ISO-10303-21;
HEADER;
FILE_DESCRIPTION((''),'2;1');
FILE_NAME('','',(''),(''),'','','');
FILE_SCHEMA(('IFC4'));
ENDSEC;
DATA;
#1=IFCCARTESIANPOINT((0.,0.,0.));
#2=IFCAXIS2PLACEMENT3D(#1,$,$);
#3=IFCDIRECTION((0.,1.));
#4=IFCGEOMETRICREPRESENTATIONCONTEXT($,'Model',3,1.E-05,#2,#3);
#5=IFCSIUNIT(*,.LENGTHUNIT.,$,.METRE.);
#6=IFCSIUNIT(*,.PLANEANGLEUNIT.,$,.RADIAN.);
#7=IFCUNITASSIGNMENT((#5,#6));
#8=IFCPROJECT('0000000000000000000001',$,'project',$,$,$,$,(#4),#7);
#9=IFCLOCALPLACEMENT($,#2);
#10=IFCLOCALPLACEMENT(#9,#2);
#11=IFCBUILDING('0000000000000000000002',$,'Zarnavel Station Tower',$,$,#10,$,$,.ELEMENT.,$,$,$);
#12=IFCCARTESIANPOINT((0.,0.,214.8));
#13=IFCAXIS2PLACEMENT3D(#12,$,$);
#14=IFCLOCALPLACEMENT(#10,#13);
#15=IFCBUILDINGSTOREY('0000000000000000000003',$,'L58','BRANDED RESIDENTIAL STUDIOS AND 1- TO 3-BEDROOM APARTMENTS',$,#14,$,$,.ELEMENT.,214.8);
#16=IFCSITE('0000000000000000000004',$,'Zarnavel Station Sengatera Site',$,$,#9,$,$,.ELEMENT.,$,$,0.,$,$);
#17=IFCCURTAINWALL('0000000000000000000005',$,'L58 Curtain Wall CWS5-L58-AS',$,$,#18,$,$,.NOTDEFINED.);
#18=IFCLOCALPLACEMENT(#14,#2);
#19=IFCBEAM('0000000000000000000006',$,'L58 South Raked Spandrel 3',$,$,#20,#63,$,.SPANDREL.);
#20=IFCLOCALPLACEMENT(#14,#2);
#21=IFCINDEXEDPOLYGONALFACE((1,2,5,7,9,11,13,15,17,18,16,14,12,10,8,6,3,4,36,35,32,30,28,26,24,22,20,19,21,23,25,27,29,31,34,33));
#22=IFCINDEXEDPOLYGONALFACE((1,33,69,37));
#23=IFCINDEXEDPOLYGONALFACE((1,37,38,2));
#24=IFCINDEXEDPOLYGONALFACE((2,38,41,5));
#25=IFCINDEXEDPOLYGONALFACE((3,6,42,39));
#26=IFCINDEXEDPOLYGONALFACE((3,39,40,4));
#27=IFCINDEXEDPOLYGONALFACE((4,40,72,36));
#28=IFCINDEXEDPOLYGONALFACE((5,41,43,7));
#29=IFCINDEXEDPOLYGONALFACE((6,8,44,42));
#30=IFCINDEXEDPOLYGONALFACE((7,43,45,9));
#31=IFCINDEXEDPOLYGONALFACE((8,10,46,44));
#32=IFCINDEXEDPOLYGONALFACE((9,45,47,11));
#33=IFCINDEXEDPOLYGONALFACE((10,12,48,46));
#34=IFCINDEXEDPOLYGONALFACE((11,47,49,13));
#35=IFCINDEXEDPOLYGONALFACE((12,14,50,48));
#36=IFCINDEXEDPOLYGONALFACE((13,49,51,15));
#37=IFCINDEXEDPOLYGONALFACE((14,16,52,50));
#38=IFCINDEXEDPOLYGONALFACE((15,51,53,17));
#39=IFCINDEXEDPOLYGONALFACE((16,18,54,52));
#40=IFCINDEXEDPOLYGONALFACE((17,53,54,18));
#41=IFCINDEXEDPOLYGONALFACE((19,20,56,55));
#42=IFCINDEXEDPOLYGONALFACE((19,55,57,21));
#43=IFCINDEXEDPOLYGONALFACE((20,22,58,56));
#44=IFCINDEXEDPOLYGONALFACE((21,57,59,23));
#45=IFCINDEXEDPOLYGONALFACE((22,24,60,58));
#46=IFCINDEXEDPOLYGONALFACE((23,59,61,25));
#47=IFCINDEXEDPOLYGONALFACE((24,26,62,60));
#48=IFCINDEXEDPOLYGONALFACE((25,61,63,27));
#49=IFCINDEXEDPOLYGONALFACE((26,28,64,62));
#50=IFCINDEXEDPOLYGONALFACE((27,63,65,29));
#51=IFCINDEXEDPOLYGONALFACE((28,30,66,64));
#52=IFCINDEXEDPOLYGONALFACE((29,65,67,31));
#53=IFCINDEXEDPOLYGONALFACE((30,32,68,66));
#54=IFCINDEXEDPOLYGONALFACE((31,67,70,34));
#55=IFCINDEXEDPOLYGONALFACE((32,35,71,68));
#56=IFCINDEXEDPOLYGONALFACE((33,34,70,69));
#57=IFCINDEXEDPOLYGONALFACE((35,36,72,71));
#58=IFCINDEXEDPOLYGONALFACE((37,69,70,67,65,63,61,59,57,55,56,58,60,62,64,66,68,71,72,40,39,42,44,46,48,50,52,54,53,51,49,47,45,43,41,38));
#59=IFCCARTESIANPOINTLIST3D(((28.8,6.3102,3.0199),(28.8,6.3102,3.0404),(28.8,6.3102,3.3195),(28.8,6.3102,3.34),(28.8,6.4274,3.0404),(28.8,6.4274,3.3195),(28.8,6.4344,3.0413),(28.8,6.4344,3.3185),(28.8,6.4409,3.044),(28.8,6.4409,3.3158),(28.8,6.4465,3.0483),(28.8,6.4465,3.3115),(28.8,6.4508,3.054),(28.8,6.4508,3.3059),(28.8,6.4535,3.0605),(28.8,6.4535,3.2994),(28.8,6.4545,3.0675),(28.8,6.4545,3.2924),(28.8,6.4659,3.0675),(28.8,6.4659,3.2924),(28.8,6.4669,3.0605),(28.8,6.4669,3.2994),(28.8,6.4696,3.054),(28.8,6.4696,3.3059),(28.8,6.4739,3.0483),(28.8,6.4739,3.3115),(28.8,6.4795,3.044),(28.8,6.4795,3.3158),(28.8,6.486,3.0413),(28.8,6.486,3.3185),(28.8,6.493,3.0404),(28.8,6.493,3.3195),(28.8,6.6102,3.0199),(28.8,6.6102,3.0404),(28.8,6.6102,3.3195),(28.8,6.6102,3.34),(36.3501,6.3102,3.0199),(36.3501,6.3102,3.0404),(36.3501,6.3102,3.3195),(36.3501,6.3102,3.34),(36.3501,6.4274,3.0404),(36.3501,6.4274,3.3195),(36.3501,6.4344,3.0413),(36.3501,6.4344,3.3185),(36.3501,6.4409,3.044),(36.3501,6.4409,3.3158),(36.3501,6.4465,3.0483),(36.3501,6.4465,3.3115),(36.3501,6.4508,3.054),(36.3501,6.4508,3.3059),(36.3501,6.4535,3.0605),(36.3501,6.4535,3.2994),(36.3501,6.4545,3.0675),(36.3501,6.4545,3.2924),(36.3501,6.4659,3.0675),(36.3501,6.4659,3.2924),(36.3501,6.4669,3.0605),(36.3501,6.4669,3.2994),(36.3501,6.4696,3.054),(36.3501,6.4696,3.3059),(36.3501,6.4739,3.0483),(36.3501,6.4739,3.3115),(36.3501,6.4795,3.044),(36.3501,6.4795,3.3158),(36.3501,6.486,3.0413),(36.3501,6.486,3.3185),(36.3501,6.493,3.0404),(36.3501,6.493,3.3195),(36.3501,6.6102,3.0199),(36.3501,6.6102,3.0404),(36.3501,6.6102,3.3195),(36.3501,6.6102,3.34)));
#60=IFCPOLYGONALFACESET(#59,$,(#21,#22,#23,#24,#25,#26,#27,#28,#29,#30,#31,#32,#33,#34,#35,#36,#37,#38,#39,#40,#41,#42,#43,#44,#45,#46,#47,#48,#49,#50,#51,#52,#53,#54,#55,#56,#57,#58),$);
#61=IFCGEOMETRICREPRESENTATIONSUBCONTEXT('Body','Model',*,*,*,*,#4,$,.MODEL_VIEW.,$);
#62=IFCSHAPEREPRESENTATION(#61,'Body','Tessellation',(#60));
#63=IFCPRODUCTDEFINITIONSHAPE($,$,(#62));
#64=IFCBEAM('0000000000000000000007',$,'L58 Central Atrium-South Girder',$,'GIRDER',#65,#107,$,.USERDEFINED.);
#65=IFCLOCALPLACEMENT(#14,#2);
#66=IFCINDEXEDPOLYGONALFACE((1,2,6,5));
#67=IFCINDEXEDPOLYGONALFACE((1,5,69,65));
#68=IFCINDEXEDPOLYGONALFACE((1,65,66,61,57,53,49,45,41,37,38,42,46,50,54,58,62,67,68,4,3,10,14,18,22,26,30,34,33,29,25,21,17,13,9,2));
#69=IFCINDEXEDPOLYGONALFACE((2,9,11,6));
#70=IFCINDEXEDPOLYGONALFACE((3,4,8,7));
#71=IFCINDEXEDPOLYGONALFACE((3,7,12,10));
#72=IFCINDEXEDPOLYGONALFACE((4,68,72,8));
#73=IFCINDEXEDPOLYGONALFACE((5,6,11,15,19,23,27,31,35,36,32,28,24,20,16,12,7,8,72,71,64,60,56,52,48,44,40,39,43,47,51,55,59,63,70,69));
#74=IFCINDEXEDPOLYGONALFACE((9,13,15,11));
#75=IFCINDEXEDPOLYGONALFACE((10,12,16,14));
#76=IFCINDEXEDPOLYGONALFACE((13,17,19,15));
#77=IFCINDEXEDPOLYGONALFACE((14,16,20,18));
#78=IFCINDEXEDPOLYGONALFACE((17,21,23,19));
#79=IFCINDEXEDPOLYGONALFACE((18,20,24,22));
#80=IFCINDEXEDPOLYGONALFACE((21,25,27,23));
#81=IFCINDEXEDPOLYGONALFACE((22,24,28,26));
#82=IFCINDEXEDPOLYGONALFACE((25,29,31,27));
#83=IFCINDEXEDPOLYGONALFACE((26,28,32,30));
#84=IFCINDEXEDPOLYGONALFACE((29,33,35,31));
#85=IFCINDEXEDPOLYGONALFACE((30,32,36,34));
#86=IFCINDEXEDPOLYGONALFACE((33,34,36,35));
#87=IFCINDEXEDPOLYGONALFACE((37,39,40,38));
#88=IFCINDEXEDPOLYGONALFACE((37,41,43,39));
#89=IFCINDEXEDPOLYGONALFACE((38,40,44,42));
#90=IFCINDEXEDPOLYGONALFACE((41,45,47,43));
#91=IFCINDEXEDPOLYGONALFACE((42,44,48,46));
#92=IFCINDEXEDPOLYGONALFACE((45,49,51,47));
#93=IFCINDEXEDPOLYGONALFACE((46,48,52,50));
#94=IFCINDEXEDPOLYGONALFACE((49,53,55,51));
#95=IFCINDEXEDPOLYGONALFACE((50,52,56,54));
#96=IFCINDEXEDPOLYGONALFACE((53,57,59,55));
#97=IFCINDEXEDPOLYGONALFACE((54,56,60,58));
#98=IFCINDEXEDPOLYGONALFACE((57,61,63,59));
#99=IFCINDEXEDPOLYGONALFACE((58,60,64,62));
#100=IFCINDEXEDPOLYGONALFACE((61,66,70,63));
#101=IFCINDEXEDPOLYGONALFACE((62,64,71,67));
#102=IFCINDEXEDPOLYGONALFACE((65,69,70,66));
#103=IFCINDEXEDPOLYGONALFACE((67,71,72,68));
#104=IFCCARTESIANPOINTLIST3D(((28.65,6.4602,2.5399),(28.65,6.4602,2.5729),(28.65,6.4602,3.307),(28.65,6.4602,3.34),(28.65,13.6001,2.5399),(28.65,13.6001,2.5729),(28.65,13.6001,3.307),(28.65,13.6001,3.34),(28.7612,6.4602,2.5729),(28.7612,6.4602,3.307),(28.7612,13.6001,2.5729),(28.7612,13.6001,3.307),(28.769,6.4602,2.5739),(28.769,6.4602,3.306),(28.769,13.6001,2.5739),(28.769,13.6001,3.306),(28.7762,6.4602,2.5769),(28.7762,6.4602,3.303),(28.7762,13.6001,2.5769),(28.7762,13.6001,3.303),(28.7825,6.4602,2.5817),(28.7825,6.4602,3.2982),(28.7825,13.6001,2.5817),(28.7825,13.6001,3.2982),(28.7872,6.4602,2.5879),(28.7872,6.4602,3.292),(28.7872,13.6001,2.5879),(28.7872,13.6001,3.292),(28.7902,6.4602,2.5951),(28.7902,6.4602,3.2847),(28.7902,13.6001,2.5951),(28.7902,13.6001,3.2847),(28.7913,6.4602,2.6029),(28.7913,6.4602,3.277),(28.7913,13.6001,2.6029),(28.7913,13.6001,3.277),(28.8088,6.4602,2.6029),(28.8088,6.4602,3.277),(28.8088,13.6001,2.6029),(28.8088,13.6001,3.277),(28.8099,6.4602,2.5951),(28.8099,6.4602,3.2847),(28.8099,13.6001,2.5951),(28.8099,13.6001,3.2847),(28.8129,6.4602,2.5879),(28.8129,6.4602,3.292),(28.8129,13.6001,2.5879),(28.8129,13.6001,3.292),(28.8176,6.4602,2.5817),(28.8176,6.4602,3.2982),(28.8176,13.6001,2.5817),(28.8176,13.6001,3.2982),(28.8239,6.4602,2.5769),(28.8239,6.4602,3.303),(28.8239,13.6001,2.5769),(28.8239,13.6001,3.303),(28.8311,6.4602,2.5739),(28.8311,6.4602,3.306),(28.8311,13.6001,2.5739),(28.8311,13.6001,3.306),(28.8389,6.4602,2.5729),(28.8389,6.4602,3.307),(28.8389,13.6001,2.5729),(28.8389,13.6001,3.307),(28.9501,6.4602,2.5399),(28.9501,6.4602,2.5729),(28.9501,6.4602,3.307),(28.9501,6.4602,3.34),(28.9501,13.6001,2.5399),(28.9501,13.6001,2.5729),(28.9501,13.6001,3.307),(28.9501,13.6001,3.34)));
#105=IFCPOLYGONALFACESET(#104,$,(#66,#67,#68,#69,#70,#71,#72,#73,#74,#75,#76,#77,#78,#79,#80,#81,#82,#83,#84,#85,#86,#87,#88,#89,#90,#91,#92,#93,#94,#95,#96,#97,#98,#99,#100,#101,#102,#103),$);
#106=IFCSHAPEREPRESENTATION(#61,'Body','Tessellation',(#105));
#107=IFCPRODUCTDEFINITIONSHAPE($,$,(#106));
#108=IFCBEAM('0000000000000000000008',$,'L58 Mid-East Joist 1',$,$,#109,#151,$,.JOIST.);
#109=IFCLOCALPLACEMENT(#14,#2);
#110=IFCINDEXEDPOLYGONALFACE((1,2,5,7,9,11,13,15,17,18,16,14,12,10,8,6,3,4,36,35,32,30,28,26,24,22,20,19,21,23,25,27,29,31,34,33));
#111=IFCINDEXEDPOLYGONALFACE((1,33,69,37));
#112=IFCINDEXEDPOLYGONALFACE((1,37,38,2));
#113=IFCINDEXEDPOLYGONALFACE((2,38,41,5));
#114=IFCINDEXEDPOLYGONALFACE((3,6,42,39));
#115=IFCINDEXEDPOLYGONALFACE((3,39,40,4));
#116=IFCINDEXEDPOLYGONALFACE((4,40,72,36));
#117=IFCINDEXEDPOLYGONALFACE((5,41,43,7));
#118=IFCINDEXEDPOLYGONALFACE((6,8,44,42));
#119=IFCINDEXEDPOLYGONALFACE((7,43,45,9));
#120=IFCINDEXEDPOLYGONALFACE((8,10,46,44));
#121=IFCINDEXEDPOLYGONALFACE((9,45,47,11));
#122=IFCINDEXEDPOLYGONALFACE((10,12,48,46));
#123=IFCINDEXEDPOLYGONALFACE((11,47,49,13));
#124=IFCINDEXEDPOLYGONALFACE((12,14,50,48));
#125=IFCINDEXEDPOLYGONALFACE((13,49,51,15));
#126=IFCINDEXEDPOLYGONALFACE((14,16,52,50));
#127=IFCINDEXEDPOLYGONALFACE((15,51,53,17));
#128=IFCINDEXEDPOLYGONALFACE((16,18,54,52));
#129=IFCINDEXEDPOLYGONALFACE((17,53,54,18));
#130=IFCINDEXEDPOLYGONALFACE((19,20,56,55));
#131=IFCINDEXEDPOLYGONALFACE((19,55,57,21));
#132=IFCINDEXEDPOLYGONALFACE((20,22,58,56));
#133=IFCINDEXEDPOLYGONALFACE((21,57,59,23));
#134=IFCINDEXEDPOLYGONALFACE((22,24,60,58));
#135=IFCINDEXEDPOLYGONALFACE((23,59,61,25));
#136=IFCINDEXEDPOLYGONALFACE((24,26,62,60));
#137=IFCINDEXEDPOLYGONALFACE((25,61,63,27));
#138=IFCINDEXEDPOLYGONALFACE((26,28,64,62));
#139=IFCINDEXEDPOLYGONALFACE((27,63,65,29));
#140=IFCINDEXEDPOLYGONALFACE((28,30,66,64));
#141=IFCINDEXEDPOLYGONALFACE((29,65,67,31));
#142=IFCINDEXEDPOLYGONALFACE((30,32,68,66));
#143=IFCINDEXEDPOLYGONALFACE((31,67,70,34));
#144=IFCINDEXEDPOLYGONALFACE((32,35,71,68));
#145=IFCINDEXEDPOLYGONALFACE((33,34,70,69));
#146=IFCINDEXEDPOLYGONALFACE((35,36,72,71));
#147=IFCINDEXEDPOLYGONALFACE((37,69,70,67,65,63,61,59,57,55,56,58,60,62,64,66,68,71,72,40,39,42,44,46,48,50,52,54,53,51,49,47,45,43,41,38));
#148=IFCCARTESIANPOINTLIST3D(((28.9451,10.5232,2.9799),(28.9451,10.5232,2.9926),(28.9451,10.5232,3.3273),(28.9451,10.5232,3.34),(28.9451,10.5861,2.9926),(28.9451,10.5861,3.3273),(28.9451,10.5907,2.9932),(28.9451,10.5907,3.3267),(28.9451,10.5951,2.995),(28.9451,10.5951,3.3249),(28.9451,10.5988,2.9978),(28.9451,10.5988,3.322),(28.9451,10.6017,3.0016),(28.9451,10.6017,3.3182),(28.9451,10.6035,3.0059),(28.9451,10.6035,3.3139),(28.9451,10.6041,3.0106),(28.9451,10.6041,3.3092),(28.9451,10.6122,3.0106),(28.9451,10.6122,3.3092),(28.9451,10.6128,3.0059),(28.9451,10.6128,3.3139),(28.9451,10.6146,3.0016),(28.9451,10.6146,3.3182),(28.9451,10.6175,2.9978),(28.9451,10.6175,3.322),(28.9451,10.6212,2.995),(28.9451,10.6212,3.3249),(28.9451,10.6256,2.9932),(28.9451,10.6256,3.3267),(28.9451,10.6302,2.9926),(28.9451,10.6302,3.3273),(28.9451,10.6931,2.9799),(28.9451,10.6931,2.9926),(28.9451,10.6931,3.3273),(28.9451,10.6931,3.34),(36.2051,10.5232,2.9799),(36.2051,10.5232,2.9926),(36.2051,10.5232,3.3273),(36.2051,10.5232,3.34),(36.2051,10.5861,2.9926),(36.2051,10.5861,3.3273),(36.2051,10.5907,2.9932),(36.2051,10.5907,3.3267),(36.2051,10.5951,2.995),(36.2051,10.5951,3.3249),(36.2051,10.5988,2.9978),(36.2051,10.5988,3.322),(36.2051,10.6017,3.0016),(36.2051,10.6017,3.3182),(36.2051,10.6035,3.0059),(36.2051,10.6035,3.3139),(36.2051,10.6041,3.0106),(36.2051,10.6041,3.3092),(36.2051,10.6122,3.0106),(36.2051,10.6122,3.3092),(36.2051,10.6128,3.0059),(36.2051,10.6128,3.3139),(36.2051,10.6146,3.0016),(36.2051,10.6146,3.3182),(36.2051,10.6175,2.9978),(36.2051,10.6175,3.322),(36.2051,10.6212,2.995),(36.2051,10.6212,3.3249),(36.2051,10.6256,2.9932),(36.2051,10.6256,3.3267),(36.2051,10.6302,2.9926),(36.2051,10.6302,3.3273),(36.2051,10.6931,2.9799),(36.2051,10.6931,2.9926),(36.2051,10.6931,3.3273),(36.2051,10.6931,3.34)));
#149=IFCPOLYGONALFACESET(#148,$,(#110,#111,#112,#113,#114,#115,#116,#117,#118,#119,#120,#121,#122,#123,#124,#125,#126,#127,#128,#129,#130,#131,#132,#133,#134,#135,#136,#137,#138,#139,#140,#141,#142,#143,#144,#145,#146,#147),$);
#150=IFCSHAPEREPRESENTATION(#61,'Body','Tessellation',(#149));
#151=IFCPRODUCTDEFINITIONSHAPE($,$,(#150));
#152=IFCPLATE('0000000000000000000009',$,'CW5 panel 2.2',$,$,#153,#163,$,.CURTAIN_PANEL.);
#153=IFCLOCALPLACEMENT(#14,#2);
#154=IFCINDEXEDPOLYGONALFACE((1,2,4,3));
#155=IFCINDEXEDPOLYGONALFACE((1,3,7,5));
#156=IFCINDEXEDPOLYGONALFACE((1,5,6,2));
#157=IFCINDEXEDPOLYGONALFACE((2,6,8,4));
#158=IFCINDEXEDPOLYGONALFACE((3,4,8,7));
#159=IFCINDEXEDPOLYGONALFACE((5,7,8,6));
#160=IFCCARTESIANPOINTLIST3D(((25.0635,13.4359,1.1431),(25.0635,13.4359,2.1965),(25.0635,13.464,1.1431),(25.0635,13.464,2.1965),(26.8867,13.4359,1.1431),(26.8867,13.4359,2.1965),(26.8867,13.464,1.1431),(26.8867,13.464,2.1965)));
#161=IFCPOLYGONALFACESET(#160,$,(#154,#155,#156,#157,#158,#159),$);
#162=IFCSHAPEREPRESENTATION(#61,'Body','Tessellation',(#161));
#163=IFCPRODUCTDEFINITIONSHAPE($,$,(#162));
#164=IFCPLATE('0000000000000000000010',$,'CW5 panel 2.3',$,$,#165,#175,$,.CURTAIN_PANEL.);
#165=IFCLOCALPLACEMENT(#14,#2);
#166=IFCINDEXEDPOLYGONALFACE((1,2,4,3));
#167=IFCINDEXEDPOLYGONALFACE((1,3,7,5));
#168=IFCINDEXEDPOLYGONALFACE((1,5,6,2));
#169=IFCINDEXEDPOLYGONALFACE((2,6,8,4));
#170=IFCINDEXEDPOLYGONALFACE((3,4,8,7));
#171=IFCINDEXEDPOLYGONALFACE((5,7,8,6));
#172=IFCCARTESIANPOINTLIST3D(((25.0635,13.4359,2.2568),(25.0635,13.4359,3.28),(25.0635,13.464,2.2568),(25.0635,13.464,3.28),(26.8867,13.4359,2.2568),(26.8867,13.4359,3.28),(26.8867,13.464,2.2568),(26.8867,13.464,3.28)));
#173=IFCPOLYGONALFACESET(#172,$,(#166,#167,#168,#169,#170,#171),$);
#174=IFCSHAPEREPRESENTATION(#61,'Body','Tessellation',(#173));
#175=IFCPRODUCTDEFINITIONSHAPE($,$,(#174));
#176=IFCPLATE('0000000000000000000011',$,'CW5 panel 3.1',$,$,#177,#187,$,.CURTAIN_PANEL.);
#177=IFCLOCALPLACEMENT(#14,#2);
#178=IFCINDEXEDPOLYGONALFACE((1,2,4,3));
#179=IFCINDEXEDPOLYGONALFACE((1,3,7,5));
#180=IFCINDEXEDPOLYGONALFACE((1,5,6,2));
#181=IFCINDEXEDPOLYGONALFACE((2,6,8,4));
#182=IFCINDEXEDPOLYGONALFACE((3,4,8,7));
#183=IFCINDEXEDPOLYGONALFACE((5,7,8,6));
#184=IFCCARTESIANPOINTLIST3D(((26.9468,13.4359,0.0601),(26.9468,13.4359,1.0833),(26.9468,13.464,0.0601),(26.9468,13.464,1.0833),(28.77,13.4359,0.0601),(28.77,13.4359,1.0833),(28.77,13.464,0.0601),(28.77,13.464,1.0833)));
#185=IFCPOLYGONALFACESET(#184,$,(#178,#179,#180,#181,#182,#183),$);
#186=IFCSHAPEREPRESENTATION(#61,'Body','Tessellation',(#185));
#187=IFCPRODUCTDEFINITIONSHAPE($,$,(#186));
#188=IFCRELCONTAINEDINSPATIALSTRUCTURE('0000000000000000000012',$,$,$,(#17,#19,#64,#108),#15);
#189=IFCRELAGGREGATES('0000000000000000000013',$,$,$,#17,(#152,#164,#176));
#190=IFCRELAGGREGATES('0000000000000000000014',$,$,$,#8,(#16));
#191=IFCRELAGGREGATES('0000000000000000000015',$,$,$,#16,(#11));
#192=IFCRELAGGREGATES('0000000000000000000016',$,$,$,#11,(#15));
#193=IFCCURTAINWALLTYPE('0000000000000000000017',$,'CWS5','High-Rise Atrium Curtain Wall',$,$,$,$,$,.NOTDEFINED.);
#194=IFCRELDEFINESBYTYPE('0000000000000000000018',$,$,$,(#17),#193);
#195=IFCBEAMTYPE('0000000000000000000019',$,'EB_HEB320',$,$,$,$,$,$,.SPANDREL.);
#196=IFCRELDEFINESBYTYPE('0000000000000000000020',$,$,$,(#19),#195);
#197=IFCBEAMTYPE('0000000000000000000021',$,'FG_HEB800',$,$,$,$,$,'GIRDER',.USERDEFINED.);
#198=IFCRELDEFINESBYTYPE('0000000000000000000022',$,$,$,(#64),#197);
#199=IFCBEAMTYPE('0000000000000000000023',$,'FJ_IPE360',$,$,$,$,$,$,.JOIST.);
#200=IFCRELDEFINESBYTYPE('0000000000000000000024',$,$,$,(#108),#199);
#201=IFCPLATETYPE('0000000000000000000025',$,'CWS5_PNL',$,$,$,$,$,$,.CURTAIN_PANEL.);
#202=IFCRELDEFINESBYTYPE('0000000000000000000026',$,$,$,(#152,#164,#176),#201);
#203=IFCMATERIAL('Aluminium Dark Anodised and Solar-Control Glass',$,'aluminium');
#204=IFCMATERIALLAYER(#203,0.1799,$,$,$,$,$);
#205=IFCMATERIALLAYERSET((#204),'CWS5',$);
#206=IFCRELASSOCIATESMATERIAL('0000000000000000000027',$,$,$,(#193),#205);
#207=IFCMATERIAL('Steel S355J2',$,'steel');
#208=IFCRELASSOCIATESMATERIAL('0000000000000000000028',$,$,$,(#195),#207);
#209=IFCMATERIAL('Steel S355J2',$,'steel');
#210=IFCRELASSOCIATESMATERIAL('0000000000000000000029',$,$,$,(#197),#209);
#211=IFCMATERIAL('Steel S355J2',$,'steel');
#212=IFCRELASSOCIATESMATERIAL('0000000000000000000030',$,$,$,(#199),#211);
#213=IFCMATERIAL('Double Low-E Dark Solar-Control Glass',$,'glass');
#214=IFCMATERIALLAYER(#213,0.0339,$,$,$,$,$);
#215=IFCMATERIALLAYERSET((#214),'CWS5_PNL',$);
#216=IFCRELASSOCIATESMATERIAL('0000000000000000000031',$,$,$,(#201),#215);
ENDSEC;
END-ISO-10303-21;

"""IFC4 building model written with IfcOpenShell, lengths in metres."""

from ifc_helpers import new_model, si_unit, direction, frame, origin, origin_2d, place, context, subcontext, project, spatial, rectangle, i_section, extrude, material, layer, layer_set, material_profile, profile_set, type_object, element, aggregate, save


model = new_model("IFC4")

# Units and contexts
model_context = context("Model", 3, precision=1e-05, world=origin(), true_north=direction((0.0, 1.0)))
body_context = subcontext(model_context, "Body", "Model", "MODEL_VIEW")
ifc_project = project(units=[si_unit("LENGTHUNIT", "METRE"), si_unit("PLANEANGLEUNIT", "RADIAN")], contexts=[model_context])

# Site, building, storey
site_placement = place(None, origin())
site = spatial("IfcSite", under=ifc_project, at=site_placement, Name="Zarnavel Station Sengatera Site", CompositionType="ELEMENT", RefElevation=0.0)
building_placement = place(site_placement, origin())
building = spatial("IfcBuilding", under=site, at=building_placement, Name="Zarnavel Station Tower", CompositionType="ELEMENT")
storey_placement = place(building_placement, frame((0.0, 0.0, 214.8)))
storey = spatial("IfcBuildingStorey", under=building, at=storey_placement, Name="L58", Description="BRANDED RESIDENTIAL STUDIOS AND 1- TO 3-BEDROOM APARTMENTS", CompositionType="ELEMENT", Elevation=214.8)

# Curtain wall
ifc_material_1 = material(Name="Aluminium Dark Anodised and Solar-Control Glass", Category="aluminium")
ifc_layer_1 = layer(ifc_material_1, 0.1799)
ifc_layer_set_1 = layer_set([ifc_layer_1], Name="CWS5")
curtain_wall_type_1 = type_object("IfcCurtainWallType", Name="CWS5", Description="High-Rise Atrium Curtain Wall", PredefinedType="NOTDEFINED", material=ifc_layer_set_1)
curtain_wall_1_placement = place(storey_placement, origin())
curtain_wall_1 = element("IfcCurtainWall", 1, at=curtain_wall_1_placement, inside=storey, type_object=curtain_wall_type_1, Name="L58 Curtain Wall CWS5-L58-AS", PredefinedType="NOTDEFINED")

# Beams
ifc_material_2 = material(Name="Steel S355J2", Category="steel")
ifc_material_profile_1 = material_profile(ifc_material_2, i_section(OverallWidth=0.3, OverallDepth=0.3201, WebThickness=0.0115, FlangeThickness=0.0205, FilletRadius=0.0271, at=origin_2d()), Name="HEB320")
ifc_profile_set_1 = profile_set([ifc_material_profile_1], Name="Steel S355J2")
beam_type_1 = type_object("IfcBeamType", Name="EB_HEB320", PredefinedType="SPANDREL", material=ifc_profile_set_1)
beam_1_placement = place(storey_placement, frame((28.8, 6.4602, 3.1799), z_axis=(1.0, 0.0, 0.0), x_axis=(0.0, 1.0, 0.0)))
element("IfcBeam", 2, at=beam_1_placement, inside=storey, type_object=beam_type_1, Name="L58 South Raked Spandrel 3", PredefinedType="SPANDREL", context=body_context, shape_type="SweptSolid", body=[
    extrude(i_section(OverallWidth=0.3, OverallDepth=0.3201, WebThickness=0.0115, FlangeThickness=0.0205, FilletRadius=0.0271, at=origin_2d()), origin(), (0.0, 0.0, 1.0), 7.55),
])
ifc_material_3 = material(Name="Steel S355J2", Category="steel")
ifc_material_profile_2 = material_profile(ifc_material_3, i_section(OverallWidth=0.3, OverallDepth=0.8, WebThickness=0.0176, FlangeThickness=0.033, FilletRadius=0.03, at=origin_2d()), Name="HEB800")
ifc_profile_set_2 = profile_set([ifc_material_profile_2], Name="Steel S355J2")
beam_type_2 = type_object("IfcBeamType", Name="FG_HEB800", ElementType="GIRDER", PredefinedType="USERDEFINED", material=ifc_profile_set_2)
beam_2_placement = place(storey_placement, frame((28.8, 6.4602, 2.9399), z_axis=(0.0, 1.0, 0.0), x_axis=(-1.0, 0.0, 0.0)))
element("IfcBeam", 3, at=beam_2_placement, inside=storey, type_object=beam_type_2, Name="L58 Central Atrium-South Girder", ObjectType="GIRDER", PredefinedType="USERDEFINED", context=body_context, shape_type="SweptSolid", body=[
    extrude(i_section(OverallWidth=0.3, OverallDepth=0.8, WebThickness=0.0176, FlangeThickness=0.033, FilletRadius=0.03, at=origin_2d()), origin(), (0.0, 0.0, 1.0), 7.1399),
])
ifc_material_4 = material(Name="Steel S355J2", Category="steel")
ifc_material_profile_3 = material_profile(ifc_material_4, i_section(OverallWidth=0.1699, OverallDepth=0.3601, WebThickness=0.0081, FlangeThickness=0.0127, FilletRadius=0.0181, at=origin_2d()), Name="IPE360")
ifc_profile_set_3 = profile_set([ifc_material_profile_3], Name="Steel S355J2")
beam_type_3 = type_object("IfcBeamType", Name="FJ_IPE360", PredefinedType="JOIST", material=ifc_profile_set_3)
beam_3_placement = place(storey_placement, frame((28.9451, 10.6082, 3.1599), z_axis=(1.0, 0.0, 0.0), x_axis=(0.0, 1.0, 0.0)))
element("IfcBeam", 4, at=beam_3_placement, inside=storey, type_object=beam_type_3, Name="L58 Mid-East Joist 1", PredefinedType="JOIST", context=body_context, shape_type="SweptSolid", body=[
    extrude(i_section(OverallWidth=0.1699, OverallDepth=0.3601, WebThickness=0.0081, FlangeThickness=0.0127, FilletRadius=0.0181, at=origin_2d()), origin(), (0.0, 0.0, 1.0), 7.26),
])

# Plates
ifc_material_5 = material(Name="Double Low-E Dark Solar-Control Glass", Category="glass")
ifc_layer_2 = layer(ifc_material_5, 0.0339)
ifc_layer_set_2 = layer_set([ifc_layer_2], Name="CWS5_PNL")
plate_type_1 = type_object("IfcPlateType", Name="CWS5_PNL", PredefinedType="CURTAIN_PANEL", material=ifc_layer_set_2)
plate_1_placement = place(storey_placement, frame((25.9751, 13.45, 1.1431), z_axis=(0.0, 0.0, 1.0), x_axis=(1.0, 0.0, 0.0)))
plate_1 = element("IfcPlate", 5, at=plate_1_placement, type_object=plate_type_1, Name="CW5 panel 2.2", PredefinedType="CURTAIN_PANEL", context=body_context, shape_type="SweptSolid", body=[
    extrude(rectangle(XDim=1.8232, YDim=0.0281, at=origin_2d()), origin(), (0.0, 0.0, 1.0), 1.0535),
])
plate_2_placement = place(storey_placement, frame((25.9751, 13.45, 2.2568), z_axis=(0.0, 0.0, 1.0), x_axis=(1.0, 0.0, 0.0)))
plate_2 = element("IfcPlate", 6, at=plate_2_placement, type_object=plate_type_1, Name="CW5 panel 2.3", PredefinedType="CURTAIN_PANEL", context=body_context, shape_type="SweptSolid", body=[
    extrude(rectangle(XDim=1.8232, YDim=0.0281, at=origin_2d()), origin(), (0.0, 0.0, 1.0), 1.0232),
])
plate_3_placement = place(storey_placement, frame((27.8584, 13.45, 0.0601), z_axis=(0.0, 0.0, 1.0), x_axis=(1.0, 0.0, 0.0)))
plate_3 = element("IfcPlate", 7, at=plate_3_placement, type_object=plate_type_1, Name="CW5 panel 3.1", PredefinedType="CURTAIN_PANEL", context=body_context, shape_type="SweptSolid", body=[
    extrude(rectangle(XDim=1.8232, YDim=0.0281, at=origin_2d()), origin(), (0.0, 0.0, 1.0), 1.0232),
])
aggregate(curtain_wall_1, [plate_1, plate_2, plate_3])

save(model, "model.ifc")
